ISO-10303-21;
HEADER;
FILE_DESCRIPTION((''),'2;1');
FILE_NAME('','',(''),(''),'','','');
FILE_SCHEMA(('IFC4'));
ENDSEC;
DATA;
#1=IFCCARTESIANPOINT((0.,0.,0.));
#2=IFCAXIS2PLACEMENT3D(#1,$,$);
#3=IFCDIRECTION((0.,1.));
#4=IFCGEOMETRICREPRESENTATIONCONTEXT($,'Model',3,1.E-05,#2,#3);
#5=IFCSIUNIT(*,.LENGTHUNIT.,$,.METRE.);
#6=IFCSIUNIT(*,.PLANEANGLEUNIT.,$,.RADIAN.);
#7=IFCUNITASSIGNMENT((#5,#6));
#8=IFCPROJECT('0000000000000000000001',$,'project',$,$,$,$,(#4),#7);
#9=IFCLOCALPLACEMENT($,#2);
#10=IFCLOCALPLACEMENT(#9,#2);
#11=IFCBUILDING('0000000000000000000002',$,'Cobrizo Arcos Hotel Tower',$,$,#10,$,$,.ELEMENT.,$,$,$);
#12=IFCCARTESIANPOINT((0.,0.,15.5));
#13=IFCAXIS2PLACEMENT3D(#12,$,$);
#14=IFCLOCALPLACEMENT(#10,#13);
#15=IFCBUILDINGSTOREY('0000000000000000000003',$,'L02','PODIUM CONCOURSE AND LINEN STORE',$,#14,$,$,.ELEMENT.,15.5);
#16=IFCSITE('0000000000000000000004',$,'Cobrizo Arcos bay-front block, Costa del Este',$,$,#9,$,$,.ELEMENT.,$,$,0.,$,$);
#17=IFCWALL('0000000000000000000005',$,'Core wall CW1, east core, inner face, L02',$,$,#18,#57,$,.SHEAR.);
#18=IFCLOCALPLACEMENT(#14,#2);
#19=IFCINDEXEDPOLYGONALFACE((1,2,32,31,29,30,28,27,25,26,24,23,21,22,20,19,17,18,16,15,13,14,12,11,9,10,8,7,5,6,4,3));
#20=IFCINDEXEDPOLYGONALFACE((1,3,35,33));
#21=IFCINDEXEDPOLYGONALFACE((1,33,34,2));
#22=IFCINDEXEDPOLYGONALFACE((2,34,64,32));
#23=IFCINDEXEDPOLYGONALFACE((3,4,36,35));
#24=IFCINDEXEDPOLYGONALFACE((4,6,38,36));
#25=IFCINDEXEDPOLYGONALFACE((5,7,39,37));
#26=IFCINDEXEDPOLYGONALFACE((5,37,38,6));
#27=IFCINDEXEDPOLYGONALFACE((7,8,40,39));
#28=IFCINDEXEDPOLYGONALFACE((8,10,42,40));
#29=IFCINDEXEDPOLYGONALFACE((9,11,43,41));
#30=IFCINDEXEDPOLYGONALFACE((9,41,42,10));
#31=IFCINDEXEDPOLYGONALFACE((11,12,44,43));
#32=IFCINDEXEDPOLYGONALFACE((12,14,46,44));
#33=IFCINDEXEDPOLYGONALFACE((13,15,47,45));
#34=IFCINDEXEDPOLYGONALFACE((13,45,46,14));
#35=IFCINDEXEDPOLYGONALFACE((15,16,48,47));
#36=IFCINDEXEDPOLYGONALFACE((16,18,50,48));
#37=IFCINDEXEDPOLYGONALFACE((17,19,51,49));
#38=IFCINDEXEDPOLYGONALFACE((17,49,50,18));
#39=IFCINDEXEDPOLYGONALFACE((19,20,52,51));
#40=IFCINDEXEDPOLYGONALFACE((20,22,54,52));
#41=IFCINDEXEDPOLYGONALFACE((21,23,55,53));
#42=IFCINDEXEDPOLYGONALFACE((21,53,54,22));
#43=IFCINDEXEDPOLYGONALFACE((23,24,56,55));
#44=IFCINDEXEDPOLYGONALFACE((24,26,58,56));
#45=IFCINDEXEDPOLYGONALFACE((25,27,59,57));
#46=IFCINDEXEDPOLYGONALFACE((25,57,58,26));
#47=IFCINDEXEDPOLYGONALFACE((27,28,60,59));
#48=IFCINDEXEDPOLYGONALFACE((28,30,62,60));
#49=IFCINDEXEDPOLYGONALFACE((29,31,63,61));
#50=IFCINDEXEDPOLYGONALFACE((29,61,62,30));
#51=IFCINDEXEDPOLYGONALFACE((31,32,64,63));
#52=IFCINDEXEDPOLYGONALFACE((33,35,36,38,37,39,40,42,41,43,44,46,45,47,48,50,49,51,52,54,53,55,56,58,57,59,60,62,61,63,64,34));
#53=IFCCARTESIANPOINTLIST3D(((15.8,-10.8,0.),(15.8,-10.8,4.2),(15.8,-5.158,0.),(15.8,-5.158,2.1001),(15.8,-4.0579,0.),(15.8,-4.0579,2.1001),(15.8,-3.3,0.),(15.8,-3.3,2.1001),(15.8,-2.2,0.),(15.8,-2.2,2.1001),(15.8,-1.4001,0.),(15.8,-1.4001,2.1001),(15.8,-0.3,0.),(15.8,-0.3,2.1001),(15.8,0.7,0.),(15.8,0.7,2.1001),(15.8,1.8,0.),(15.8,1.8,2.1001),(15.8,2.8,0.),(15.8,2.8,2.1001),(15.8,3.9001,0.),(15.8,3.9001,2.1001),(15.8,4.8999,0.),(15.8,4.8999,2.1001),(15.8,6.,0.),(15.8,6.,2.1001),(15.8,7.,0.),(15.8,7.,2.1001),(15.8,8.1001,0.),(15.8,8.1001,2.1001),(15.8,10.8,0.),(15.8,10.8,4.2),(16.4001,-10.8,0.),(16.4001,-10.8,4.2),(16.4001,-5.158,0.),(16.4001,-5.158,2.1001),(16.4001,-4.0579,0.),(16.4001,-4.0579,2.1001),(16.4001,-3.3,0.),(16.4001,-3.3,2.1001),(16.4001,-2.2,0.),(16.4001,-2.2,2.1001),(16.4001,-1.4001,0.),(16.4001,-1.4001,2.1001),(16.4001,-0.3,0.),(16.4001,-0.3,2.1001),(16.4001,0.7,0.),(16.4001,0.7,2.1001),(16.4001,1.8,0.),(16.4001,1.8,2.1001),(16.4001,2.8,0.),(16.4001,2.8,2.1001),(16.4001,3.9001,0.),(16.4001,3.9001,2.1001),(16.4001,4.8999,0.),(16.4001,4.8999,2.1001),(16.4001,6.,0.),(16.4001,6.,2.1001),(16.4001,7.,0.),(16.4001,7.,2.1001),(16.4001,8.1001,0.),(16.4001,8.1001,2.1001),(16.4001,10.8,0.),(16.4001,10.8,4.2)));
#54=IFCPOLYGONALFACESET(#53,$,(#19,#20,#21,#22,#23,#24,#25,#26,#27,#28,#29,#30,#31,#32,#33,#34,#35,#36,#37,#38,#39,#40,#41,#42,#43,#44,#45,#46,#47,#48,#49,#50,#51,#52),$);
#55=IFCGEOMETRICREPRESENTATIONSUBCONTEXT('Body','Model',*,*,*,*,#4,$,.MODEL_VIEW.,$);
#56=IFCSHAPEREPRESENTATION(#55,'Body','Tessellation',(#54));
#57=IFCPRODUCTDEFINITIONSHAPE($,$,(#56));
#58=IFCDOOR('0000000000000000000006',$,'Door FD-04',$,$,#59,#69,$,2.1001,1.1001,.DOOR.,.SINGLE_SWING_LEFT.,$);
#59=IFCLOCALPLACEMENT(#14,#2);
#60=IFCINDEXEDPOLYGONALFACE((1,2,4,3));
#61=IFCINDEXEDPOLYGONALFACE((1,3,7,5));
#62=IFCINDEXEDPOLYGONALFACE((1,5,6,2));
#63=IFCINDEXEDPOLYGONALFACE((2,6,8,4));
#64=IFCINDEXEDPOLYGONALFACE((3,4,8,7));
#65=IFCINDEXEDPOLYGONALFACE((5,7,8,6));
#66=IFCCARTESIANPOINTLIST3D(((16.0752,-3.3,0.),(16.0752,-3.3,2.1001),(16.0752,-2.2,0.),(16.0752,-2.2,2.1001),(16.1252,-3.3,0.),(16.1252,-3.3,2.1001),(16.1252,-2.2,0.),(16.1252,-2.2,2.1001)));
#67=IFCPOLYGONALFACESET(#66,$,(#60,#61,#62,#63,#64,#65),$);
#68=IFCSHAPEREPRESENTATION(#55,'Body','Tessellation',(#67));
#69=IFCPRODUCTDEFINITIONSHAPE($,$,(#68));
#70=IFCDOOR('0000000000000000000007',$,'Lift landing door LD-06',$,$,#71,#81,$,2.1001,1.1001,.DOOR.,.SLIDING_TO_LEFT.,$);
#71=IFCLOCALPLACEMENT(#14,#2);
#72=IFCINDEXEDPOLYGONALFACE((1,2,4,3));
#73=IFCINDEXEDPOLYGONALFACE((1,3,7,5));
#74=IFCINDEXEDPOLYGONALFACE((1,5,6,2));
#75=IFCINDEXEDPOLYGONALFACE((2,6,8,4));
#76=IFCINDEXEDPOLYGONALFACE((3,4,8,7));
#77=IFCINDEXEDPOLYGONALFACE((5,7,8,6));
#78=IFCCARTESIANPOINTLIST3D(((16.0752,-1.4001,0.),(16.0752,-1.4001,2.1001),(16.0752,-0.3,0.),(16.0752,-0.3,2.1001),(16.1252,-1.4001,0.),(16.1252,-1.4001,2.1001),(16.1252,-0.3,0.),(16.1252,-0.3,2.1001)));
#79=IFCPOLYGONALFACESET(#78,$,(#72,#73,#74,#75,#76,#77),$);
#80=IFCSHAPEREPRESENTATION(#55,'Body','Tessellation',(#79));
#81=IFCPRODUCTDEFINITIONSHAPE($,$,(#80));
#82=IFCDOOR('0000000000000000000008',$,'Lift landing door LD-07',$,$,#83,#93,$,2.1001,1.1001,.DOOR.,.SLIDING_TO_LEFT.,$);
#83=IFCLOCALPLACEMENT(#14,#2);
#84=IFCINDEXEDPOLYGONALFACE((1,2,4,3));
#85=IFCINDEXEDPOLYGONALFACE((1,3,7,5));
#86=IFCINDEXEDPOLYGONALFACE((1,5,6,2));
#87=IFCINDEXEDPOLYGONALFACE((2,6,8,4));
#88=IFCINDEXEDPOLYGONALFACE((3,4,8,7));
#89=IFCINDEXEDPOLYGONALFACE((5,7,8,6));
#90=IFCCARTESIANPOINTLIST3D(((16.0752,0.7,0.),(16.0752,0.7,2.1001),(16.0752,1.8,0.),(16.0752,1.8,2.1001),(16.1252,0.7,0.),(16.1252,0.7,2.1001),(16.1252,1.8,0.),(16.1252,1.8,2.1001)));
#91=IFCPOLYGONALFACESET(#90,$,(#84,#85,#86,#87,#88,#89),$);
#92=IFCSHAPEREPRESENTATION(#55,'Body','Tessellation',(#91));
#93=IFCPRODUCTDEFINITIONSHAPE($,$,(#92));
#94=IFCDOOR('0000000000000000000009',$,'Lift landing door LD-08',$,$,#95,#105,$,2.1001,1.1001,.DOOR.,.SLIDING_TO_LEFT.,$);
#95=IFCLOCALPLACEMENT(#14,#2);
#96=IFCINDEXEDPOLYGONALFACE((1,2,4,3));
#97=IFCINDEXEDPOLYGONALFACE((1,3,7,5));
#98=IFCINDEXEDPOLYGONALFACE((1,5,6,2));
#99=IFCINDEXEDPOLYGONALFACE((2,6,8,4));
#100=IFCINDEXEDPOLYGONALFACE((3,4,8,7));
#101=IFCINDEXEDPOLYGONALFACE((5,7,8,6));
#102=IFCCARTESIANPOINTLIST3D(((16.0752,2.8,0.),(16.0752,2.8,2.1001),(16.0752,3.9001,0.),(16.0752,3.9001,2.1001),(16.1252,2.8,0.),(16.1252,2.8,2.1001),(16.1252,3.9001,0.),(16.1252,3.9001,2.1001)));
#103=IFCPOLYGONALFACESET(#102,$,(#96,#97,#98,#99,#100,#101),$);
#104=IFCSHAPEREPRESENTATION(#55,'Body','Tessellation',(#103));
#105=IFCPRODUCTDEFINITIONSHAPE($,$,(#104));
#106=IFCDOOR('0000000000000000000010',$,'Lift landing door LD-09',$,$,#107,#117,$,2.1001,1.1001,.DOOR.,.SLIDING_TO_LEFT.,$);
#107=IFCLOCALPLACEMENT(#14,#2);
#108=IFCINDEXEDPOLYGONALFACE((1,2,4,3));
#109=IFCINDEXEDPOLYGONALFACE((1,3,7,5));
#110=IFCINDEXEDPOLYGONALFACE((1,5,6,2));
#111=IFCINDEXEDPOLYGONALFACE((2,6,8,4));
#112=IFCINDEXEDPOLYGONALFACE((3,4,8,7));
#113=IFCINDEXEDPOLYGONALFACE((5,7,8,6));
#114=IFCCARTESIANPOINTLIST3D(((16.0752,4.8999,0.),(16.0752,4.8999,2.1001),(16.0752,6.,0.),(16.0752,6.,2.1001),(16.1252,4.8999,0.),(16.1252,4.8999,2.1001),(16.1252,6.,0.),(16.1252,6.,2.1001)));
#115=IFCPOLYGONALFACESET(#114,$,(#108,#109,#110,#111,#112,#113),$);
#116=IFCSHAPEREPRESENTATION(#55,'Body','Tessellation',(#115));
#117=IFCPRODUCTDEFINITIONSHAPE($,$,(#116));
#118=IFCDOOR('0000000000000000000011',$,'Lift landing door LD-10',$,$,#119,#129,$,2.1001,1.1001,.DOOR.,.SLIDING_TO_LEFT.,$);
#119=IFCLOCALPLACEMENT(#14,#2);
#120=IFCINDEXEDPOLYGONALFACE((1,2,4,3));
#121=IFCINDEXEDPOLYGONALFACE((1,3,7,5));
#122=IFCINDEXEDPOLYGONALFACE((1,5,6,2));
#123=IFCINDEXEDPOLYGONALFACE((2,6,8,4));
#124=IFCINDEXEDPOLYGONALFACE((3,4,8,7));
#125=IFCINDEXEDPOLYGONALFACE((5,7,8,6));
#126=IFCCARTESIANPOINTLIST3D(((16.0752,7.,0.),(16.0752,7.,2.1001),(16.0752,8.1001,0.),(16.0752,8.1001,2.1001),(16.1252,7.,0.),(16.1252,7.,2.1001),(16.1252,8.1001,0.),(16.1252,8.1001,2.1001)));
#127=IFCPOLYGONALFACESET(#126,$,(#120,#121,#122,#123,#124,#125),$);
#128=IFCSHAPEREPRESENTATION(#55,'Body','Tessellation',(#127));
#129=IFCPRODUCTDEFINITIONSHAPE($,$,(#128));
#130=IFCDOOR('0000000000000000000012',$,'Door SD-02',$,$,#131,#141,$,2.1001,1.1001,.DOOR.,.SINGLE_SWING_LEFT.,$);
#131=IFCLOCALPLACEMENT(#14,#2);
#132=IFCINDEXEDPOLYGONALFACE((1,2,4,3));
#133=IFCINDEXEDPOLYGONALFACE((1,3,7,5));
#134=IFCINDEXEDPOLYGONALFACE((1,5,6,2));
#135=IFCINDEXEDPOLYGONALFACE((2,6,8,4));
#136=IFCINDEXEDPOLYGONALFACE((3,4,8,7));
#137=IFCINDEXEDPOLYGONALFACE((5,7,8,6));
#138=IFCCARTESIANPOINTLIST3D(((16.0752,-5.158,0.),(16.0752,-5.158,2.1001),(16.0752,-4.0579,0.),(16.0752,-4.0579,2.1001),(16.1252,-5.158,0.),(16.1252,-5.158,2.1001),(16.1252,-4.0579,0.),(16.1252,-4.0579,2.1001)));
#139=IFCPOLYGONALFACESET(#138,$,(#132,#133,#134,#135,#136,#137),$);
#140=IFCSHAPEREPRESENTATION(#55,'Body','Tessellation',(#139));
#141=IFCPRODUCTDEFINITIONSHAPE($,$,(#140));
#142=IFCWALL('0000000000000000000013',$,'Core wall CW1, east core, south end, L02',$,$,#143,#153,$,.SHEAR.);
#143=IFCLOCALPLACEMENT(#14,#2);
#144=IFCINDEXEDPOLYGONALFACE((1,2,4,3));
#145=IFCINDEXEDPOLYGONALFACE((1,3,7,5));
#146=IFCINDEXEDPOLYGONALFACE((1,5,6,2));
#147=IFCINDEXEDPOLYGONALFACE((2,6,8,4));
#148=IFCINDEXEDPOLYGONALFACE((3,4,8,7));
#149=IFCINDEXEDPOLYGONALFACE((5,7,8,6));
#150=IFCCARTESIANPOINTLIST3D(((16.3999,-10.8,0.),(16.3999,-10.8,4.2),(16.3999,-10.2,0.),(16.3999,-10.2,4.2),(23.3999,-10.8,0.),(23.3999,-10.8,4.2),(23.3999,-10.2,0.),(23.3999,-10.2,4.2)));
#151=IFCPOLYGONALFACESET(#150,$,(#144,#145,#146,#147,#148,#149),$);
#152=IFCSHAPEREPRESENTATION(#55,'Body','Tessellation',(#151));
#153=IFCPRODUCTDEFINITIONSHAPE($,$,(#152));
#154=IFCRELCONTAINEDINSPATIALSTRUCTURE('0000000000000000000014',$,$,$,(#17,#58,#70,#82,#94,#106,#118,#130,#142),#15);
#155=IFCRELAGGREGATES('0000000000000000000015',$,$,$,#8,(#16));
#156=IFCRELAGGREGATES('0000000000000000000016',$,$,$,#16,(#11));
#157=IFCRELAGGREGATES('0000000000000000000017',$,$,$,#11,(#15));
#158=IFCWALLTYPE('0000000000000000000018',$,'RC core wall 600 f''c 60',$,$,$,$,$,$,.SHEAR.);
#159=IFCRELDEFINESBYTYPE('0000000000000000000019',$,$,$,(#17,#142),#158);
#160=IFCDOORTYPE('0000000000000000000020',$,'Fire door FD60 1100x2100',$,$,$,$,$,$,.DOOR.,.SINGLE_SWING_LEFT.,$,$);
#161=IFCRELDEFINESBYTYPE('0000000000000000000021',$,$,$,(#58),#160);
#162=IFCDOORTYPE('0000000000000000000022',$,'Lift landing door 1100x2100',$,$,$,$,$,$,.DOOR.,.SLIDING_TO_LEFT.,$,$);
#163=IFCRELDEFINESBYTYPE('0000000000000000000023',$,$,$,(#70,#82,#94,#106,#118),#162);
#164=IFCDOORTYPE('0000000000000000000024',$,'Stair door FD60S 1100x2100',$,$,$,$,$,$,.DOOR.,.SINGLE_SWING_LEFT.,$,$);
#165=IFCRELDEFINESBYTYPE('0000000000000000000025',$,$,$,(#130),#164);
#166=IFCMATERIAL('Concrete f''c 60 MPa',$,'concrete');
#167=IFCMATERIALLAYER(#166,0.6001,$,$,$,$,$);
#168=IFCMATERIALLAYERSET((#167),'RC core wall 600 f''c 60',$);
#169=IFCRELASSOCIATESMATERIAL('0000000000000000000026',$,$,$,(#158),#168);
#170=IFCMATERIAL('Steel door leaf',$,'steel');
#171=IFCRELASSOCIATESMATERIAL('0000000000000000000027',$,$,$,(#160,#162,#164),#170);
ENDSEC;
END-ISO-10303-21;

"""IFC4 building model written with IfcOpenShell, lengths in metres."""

from ifc_helpers import new_model, si_unit, direction, frame, frame_2d, origin, place, context, subcontext, project, spatial, rectangle, extrude, material, layer, layer_set, type_object, element, fill, save


model = new_model("IFC4")

# Units and contexts
model_context = context("Model", 3, precision=1e-05, world=origin(), true_north=direction((0.0, 1.0)))
body_context = subcontext(model_context, "Body", "Model", "MODEL_VIEW")
ifc_project = project(units=[si_unit("LENGTHUNIT", "METRE"), si_unit("PLANEANGLEUNIT", "RADIAN")], contexts=[model_context])

# Site, building, storey
site_placement = place(None, origin())
site = spatial("IfcSite", under=ifc_project, at=site_placement, Name="Cobrizo Arcos bay-front block, Costa del Este", CompositionType="ELEMENT", RefElevation=0.0)
building_placement = place(site_placement, origin())
building = spatial("IfcBuilding", under=site, at=building_placement, Name="Cobrizo Arcos Hotel Tower", CompositionType="ELEMENT")
storey_placement = place(building_placement, frame((0.0, 0.0, 15.5)))
storey = spatial("IfcBuildingStorey", under=building, at=storey_placement, Name="L02", Description="PODIUM CONCOURSE AND LINEN STORE", CompositionType="ELEMENT", Elevation=15.5)

# Wall, openings, doors
ifc_material_1 = material(Name="Concrete f'c 60 MPa", Category="concrete")
ifc_layer_1 = layer(ifc_material_1, 0.6001)
ifc_layer_set_1 = layer_set([ifc_layer_1], Name="RC core wall 600 f'c 60")
wall_type_1 = type_object("IfcWallType", Name="RC core wall 600 f'c 60", PredefinedType="SHEAR", material=ifc_layer_set_1)
wall_1_placement = place(storey_placement, frame((16.1001, -10.8, 0.0), z_axis=(0.0, 0.0, 1.0), x_axis=(0.0, 1.0, 0.0)))
wall_1 = element("IfcWall", 1, at=wall_1_placement, inside=storey, type_object=wall_type_1, Name="Core wall CW1, east core, inner face, L02", PredefinedType="SHEAR", context=body_context, shape_type="SweptSolid", body=[
    extrude(rectangle(XDim=21.6001, YDim=0.6001, at=frame_2d((10.8, 0.0))), origin(), (0.0, 0.0, 1.0), 4.2),
])
opening_1_placement = place(wall_1_placement, frame((9.3999, 0.0, 0.0)))
opening_1 = element("IfcOpeningElement", 2, at=opening_1_placement, cuts=wall_1, PredefinedType="OPENING", context=body_context, shape_type="SweptSolid", body=[
    extrude(rectangle(XDim=1.1001, YDim=2.1001, at=frame_2d((0.55, 1.05))), frame((0.0, 0.312, 0.0), z_axis=(0.0, -1.0, 0.0), x_axis=(1.0, 0.0, 0.0)), (0.0, 0.0, 1.0), 0.624),
])
opening_2_placement = place(wall_1_placement, frame((11.5, 0.0, 0.0)))
opening_2 = element("IfcOpeningElement", 3, at=opening_2_placement, cuts=wall_1, PredefinedType="OPENING", context=body_context, shape_type="SweptSolid", body=[
    extrude(rectangle(XDim=1.1001, YDim=2.1001, at=frame_2d((0.55, 1.05))), frame((0.0, 0.312, 0.0), z_axis=(0.0, -1.0, 0.0), x_axis=(1.0, 0.0, 0.0)), (0.0, 0.0, 1.0), 0.624),
])
opening_3_placement = place(wall_1_placement, frame((13.6001, 0.0, 0.0)))
opening_3 = element("IfcOpeningElement", 4, at=opening_3_placement, cuts=wall_1, PredefinedType="OPENING", context=body_context, shape_type="SweptSolid", body=[
    extrude(rectangle(XDim=1.1001, YDim=2.1001, at=frame_2d((0.55, 1.05))), frame((0.0, 0.312, 0.0), z_axis=(0.0, -1.0, 0.0), x_axis=(1.0, 0.0, 0.0)), (0.0, 0.0, 1.0), 0.624),
])
opening_4_placement = place(wall_1_placement, frame((15.7, 0.0, 0.0)))
opening_4 = element("IfcOpeningElement", 5, at=opening_4_placement, cuts=wall_1, PredefinedType="OPENING", context=body_context, shape_type="SweptSolid", body=[
    extrude(rectangle(XDim=1.1001, YDim=2.1001, at=frame_2d((0.55, 1.05))), frame((0.0, 0.312, 0.0), z_axis=(0.0, -1.0, 0.0), x_axis=(1.0, 0.0, 0.0)), (0.0, 0.0, 1.0), 0.624),
])
opening_5_placement = place(wall_1_placement, frame((17.8, 0.0, 0.0)))
opening_5 = element("IfcOpeningElement", 6, at=opening_5_placement, cuts=wall_1, PredefinedType="OPENING", context=body_context, shape_type="SweptSolid", body=[
    extrude(rectangle(XDim=1.1001, YDim=2.1001, at=frame_2d((0.55, 1.05))), frame((0.0, 0.312, 0.0), z_axis=(0.0, -1.0, 0.0), x_axis=(1.0, 0.0, 0.0)), (0.0, 0.0, 1.0), 0.624),
])
opening_6_placement = place(wall_1_placement, frame((5.6421, 0.0, 0.0)))
opening_6 = element("IfcOpeningElement", 7, at=opening_6_placement, cuts=wall_1, PredefinedType="OPENING", context=body_context, shape_type="SweptSolid", body=[
    extrude(rectangle(XDim=1.1001, YDim=2.1001, at=frame_2d((0.55, 1.05))), frame((0.0, 0.312, 0.0), z_axis=(0.0, -1.0, 0.0), x_axis=(1.0, 0.0, 0.0)), (0.0, 0.0, 1.0), 0.624),
])
opening_7_placement = place(wall_1_placement, frame((7.5, 0.0, 0.0)))
opening_7 = element("IfcOpeningElement", 8, at=opening_7_placement, cuts=wall_1, PredefinedType="OPENING", context=body_context, shape_type="SweptSolid", body=[
    extrude(rectangle(XDim=1.1001, YDim=2.1001, at=frame_2d((0.55, 1.05))), frame((0.0, 0.312, 0.0), z_axis=(0.0, -1.0, 0.0), x_axis=(1.0, 0.0, 0.0)), (0.0, 0.0, 1.0), 0.624),
])
ifc_material_2 = material(Name="Steel door leaf", Category="steel")
door_type_1 = type_object("IfcDoorType", Name="Fire door FD60 1100x2100", OperationType="SINGLE_SWING_LEFT", PredefinedType="DOOR", material=ifc_material_2)
door_1_placement = place(opening_7_placement, origin())
door_1 = element("IfcDoor", 9, at=door_1_placement, inside=storey, type_object=door_type_1, Name="Door FD-04", OperationType="SINGLE_SWING_LEFT", OverallHeight=2.1001, OverallWidth=1.1001, PredefinedType="DOOR", context=body_context, shape_type="SweptSolid", body=[
    extrude(rectangle(XDim=1.1001, YDim=2.1001, at=frame_2d((0.55, 1.05))), frame((0.0, 0.0249, 0.0), z_axis=(0.0, -1.0, 0.0), x_axis=(1.0, 0.0, 0.0)), (0.0, 0.0, 1.0), 0.05),
])
fill(opening_7, door_1)
door_type_2 = type_object("IfcDoorType", Name="Lift landing door 1100x2100", OperationType="SLIDING_TO_LEFT", PredefinedType="DOOR", material=ifc_material_2)
door_2_placement = place(opening_1_placement, origin())
door_2 = element("IfcDoor", 10, at=door_2_placement, inside=storey, type_object=door_type_2, Name="Lift landing door LD-06", OperationType="SLIDING_TO_LEFT", OverallHeight=2.1001, OverallWidth=1.1001, PredefinedType="DOOR", context=body_context, shape_type="SweptSolid", body=[
    extrude(rectangle(XDim=1.1001, YDim=2.1001, at=frame_2d((0.55, 1.05))), frame((0.0, 0.0249, 0.0), z_axis=(0.0, -1.0, 0.0), x_axis=(1.0, 0.0, 0.0)), (0.0, 0.0, 1.0), 0.05),
])
fill(opening_1, door_2)
door_3_placement = place(opening_2_placement, origin())
door_3 = element("IfcDoor", 11, at=door_3_placement, inside=storey, type_object=door_type_2, Name="Lift landing door LD-07", OperationType="SLIDING_TO_LEFT", OverallHeight=2.1001, OverallWidth=1.1001, PredefinedType="DOOR", context=body_context, shape_type="SweptSolid", body=[
    extrude(rectangle(XDim=1.1001, YDim=2.1001, at=frame_2d((0.55, 1.05))), frame((0.0, 0.0249, 0.0), z_axis=(0.0, -1.0, 0.0), x_axis=(1.0, 0.0, 0.0)), (0.0, 0.0, 1.0), 0.05),
])
fill(opening_2, door_3)
door_4_placement = place(opening_3_placement, origin())
door_4 = element("IfcDoor", 12, at=door_4_placement, inside=storey, type_object=door_type_2, Name="Lift landing door LD-08", OperationType="SLIDING_TO_LEFT", OverallHeight=2.1001, OverallWidth=1.1001, PredefinedType="DOOR", context=body_context, shape_type="SweptSolid", body=[
    extrude(rectangle(XDim=1.1001, YDim=2.1001, at=frame_2d((0.55, 1.05))), frame((0.0, 0.0249, 0.0), z_axis=(0.0, -1.0, 0.0), x_axis=(1.0, 0.0, 0.0)), (0.0, 0.0, 1.0), 0.05),
])
fill(opening_3, door_4)
door_5_placement = place(opening_4_placement, origin())
door_5 = element("IfcDoor", 13, at=door_5_placement, inside=storey, type_object=door_type_2, Name="Lift landing door LD-09", OperationType="SLIDING_TO_LEFT", OverallHeight=2.1001, OverallWidth=1.1001, PredefinedType="DOOR", context=body_context, shape_type="SweptSolid", body=[
    extrude(rectangle(XDim=1.1001, YDim=2.1001, at=frame_2d((0.55, 1.05))), frame((0.0, 0.0249, 0.0), z_axis=(0.0, -1.0, 0.0), x_axis=(1.0, 0.0, 0.0)), (0.0, 0.0, 1.0), 0.05),
])
fill(opening_4, door_5)
door_6_placement = place(opening_5_placement, origin())
door_6 = element("IfcDoor", 14, at=door_6_placement, inside=storey, type_object=door_type_2, Name="Lift landing door LD-10", OperationType="SLIDING_TO_LEFT", OverallHeight=2.1001, OverallWidth=1.1001, PredefinedType="DOOR", context=body_context, shape_type="SweptSolid", body=[
    extrude(rectangle(XDim=1.1001, YDim=2.1001, at=frame_2d((0.55, 1.05))), frame((0.0, 0.0249, 0.0), z_axis=(0.0, -1.0, 0.0), x_axis=(1.0, 0.0, 0.0)), (0.0, 0.0, 1.0), 0.05),
])
fill(opening_5, door_6)
door_type_3 = type_object("IfcDoorType", Name="Stair door FD60S 1100x2100", OperationType="SINGLE_SWING_LEFT", PredefinedType="DOOR", material=ifc_material_2)
door_7_placement = place(opening_6_placement, origin())
door_7 = element("IfcDoor", 15, at=door_7_placement, inside=storey, type_object=door_type_3, Name="Door SD-02", OperationType="SINGLE_SWING_LEFT", OverallHeight=2.1001, OverallWidth=1.1001, PredefinedType="DOOR", context=body_context, shape_type="SweptSolid", body=[
    extrude(rectangle(XDim=1.1001, YDim=2.1001, at=frame_2d((0.55, 1.05))), frame((0.0, 0.0249, 0.0), z_axis=(0.0, -1.0, 0.0), x_axis=(1.0, 0.0, 0.0)), (0.0, 0.0, 1.0), 0.05),
])
fill(opening_6, door_7)

# Wall
wall_2_placement = place(storey_placement, frame((16.3999, -10.5, 0.0), z_axis=(0.0, 0.0, 1.0), x_axis=(1.0, 0.0, 0.0)))
element("IfcWall", 16, at=wall_2_placement, inside=storey, type_object=wall_type_1, Name="Core wall CW1, east core, south end, L02", PredefinedType="SHEAR", context=body_context, shape_type="SweptSolid", body=[
    extrude(rectangle(XDim=7.0, YDim=0.6001, at=frame_2d((3.5, 0.0))), origin(), (0.0, 0.0, 1.0), 4.2),
])

save(model, "model.ifc")
